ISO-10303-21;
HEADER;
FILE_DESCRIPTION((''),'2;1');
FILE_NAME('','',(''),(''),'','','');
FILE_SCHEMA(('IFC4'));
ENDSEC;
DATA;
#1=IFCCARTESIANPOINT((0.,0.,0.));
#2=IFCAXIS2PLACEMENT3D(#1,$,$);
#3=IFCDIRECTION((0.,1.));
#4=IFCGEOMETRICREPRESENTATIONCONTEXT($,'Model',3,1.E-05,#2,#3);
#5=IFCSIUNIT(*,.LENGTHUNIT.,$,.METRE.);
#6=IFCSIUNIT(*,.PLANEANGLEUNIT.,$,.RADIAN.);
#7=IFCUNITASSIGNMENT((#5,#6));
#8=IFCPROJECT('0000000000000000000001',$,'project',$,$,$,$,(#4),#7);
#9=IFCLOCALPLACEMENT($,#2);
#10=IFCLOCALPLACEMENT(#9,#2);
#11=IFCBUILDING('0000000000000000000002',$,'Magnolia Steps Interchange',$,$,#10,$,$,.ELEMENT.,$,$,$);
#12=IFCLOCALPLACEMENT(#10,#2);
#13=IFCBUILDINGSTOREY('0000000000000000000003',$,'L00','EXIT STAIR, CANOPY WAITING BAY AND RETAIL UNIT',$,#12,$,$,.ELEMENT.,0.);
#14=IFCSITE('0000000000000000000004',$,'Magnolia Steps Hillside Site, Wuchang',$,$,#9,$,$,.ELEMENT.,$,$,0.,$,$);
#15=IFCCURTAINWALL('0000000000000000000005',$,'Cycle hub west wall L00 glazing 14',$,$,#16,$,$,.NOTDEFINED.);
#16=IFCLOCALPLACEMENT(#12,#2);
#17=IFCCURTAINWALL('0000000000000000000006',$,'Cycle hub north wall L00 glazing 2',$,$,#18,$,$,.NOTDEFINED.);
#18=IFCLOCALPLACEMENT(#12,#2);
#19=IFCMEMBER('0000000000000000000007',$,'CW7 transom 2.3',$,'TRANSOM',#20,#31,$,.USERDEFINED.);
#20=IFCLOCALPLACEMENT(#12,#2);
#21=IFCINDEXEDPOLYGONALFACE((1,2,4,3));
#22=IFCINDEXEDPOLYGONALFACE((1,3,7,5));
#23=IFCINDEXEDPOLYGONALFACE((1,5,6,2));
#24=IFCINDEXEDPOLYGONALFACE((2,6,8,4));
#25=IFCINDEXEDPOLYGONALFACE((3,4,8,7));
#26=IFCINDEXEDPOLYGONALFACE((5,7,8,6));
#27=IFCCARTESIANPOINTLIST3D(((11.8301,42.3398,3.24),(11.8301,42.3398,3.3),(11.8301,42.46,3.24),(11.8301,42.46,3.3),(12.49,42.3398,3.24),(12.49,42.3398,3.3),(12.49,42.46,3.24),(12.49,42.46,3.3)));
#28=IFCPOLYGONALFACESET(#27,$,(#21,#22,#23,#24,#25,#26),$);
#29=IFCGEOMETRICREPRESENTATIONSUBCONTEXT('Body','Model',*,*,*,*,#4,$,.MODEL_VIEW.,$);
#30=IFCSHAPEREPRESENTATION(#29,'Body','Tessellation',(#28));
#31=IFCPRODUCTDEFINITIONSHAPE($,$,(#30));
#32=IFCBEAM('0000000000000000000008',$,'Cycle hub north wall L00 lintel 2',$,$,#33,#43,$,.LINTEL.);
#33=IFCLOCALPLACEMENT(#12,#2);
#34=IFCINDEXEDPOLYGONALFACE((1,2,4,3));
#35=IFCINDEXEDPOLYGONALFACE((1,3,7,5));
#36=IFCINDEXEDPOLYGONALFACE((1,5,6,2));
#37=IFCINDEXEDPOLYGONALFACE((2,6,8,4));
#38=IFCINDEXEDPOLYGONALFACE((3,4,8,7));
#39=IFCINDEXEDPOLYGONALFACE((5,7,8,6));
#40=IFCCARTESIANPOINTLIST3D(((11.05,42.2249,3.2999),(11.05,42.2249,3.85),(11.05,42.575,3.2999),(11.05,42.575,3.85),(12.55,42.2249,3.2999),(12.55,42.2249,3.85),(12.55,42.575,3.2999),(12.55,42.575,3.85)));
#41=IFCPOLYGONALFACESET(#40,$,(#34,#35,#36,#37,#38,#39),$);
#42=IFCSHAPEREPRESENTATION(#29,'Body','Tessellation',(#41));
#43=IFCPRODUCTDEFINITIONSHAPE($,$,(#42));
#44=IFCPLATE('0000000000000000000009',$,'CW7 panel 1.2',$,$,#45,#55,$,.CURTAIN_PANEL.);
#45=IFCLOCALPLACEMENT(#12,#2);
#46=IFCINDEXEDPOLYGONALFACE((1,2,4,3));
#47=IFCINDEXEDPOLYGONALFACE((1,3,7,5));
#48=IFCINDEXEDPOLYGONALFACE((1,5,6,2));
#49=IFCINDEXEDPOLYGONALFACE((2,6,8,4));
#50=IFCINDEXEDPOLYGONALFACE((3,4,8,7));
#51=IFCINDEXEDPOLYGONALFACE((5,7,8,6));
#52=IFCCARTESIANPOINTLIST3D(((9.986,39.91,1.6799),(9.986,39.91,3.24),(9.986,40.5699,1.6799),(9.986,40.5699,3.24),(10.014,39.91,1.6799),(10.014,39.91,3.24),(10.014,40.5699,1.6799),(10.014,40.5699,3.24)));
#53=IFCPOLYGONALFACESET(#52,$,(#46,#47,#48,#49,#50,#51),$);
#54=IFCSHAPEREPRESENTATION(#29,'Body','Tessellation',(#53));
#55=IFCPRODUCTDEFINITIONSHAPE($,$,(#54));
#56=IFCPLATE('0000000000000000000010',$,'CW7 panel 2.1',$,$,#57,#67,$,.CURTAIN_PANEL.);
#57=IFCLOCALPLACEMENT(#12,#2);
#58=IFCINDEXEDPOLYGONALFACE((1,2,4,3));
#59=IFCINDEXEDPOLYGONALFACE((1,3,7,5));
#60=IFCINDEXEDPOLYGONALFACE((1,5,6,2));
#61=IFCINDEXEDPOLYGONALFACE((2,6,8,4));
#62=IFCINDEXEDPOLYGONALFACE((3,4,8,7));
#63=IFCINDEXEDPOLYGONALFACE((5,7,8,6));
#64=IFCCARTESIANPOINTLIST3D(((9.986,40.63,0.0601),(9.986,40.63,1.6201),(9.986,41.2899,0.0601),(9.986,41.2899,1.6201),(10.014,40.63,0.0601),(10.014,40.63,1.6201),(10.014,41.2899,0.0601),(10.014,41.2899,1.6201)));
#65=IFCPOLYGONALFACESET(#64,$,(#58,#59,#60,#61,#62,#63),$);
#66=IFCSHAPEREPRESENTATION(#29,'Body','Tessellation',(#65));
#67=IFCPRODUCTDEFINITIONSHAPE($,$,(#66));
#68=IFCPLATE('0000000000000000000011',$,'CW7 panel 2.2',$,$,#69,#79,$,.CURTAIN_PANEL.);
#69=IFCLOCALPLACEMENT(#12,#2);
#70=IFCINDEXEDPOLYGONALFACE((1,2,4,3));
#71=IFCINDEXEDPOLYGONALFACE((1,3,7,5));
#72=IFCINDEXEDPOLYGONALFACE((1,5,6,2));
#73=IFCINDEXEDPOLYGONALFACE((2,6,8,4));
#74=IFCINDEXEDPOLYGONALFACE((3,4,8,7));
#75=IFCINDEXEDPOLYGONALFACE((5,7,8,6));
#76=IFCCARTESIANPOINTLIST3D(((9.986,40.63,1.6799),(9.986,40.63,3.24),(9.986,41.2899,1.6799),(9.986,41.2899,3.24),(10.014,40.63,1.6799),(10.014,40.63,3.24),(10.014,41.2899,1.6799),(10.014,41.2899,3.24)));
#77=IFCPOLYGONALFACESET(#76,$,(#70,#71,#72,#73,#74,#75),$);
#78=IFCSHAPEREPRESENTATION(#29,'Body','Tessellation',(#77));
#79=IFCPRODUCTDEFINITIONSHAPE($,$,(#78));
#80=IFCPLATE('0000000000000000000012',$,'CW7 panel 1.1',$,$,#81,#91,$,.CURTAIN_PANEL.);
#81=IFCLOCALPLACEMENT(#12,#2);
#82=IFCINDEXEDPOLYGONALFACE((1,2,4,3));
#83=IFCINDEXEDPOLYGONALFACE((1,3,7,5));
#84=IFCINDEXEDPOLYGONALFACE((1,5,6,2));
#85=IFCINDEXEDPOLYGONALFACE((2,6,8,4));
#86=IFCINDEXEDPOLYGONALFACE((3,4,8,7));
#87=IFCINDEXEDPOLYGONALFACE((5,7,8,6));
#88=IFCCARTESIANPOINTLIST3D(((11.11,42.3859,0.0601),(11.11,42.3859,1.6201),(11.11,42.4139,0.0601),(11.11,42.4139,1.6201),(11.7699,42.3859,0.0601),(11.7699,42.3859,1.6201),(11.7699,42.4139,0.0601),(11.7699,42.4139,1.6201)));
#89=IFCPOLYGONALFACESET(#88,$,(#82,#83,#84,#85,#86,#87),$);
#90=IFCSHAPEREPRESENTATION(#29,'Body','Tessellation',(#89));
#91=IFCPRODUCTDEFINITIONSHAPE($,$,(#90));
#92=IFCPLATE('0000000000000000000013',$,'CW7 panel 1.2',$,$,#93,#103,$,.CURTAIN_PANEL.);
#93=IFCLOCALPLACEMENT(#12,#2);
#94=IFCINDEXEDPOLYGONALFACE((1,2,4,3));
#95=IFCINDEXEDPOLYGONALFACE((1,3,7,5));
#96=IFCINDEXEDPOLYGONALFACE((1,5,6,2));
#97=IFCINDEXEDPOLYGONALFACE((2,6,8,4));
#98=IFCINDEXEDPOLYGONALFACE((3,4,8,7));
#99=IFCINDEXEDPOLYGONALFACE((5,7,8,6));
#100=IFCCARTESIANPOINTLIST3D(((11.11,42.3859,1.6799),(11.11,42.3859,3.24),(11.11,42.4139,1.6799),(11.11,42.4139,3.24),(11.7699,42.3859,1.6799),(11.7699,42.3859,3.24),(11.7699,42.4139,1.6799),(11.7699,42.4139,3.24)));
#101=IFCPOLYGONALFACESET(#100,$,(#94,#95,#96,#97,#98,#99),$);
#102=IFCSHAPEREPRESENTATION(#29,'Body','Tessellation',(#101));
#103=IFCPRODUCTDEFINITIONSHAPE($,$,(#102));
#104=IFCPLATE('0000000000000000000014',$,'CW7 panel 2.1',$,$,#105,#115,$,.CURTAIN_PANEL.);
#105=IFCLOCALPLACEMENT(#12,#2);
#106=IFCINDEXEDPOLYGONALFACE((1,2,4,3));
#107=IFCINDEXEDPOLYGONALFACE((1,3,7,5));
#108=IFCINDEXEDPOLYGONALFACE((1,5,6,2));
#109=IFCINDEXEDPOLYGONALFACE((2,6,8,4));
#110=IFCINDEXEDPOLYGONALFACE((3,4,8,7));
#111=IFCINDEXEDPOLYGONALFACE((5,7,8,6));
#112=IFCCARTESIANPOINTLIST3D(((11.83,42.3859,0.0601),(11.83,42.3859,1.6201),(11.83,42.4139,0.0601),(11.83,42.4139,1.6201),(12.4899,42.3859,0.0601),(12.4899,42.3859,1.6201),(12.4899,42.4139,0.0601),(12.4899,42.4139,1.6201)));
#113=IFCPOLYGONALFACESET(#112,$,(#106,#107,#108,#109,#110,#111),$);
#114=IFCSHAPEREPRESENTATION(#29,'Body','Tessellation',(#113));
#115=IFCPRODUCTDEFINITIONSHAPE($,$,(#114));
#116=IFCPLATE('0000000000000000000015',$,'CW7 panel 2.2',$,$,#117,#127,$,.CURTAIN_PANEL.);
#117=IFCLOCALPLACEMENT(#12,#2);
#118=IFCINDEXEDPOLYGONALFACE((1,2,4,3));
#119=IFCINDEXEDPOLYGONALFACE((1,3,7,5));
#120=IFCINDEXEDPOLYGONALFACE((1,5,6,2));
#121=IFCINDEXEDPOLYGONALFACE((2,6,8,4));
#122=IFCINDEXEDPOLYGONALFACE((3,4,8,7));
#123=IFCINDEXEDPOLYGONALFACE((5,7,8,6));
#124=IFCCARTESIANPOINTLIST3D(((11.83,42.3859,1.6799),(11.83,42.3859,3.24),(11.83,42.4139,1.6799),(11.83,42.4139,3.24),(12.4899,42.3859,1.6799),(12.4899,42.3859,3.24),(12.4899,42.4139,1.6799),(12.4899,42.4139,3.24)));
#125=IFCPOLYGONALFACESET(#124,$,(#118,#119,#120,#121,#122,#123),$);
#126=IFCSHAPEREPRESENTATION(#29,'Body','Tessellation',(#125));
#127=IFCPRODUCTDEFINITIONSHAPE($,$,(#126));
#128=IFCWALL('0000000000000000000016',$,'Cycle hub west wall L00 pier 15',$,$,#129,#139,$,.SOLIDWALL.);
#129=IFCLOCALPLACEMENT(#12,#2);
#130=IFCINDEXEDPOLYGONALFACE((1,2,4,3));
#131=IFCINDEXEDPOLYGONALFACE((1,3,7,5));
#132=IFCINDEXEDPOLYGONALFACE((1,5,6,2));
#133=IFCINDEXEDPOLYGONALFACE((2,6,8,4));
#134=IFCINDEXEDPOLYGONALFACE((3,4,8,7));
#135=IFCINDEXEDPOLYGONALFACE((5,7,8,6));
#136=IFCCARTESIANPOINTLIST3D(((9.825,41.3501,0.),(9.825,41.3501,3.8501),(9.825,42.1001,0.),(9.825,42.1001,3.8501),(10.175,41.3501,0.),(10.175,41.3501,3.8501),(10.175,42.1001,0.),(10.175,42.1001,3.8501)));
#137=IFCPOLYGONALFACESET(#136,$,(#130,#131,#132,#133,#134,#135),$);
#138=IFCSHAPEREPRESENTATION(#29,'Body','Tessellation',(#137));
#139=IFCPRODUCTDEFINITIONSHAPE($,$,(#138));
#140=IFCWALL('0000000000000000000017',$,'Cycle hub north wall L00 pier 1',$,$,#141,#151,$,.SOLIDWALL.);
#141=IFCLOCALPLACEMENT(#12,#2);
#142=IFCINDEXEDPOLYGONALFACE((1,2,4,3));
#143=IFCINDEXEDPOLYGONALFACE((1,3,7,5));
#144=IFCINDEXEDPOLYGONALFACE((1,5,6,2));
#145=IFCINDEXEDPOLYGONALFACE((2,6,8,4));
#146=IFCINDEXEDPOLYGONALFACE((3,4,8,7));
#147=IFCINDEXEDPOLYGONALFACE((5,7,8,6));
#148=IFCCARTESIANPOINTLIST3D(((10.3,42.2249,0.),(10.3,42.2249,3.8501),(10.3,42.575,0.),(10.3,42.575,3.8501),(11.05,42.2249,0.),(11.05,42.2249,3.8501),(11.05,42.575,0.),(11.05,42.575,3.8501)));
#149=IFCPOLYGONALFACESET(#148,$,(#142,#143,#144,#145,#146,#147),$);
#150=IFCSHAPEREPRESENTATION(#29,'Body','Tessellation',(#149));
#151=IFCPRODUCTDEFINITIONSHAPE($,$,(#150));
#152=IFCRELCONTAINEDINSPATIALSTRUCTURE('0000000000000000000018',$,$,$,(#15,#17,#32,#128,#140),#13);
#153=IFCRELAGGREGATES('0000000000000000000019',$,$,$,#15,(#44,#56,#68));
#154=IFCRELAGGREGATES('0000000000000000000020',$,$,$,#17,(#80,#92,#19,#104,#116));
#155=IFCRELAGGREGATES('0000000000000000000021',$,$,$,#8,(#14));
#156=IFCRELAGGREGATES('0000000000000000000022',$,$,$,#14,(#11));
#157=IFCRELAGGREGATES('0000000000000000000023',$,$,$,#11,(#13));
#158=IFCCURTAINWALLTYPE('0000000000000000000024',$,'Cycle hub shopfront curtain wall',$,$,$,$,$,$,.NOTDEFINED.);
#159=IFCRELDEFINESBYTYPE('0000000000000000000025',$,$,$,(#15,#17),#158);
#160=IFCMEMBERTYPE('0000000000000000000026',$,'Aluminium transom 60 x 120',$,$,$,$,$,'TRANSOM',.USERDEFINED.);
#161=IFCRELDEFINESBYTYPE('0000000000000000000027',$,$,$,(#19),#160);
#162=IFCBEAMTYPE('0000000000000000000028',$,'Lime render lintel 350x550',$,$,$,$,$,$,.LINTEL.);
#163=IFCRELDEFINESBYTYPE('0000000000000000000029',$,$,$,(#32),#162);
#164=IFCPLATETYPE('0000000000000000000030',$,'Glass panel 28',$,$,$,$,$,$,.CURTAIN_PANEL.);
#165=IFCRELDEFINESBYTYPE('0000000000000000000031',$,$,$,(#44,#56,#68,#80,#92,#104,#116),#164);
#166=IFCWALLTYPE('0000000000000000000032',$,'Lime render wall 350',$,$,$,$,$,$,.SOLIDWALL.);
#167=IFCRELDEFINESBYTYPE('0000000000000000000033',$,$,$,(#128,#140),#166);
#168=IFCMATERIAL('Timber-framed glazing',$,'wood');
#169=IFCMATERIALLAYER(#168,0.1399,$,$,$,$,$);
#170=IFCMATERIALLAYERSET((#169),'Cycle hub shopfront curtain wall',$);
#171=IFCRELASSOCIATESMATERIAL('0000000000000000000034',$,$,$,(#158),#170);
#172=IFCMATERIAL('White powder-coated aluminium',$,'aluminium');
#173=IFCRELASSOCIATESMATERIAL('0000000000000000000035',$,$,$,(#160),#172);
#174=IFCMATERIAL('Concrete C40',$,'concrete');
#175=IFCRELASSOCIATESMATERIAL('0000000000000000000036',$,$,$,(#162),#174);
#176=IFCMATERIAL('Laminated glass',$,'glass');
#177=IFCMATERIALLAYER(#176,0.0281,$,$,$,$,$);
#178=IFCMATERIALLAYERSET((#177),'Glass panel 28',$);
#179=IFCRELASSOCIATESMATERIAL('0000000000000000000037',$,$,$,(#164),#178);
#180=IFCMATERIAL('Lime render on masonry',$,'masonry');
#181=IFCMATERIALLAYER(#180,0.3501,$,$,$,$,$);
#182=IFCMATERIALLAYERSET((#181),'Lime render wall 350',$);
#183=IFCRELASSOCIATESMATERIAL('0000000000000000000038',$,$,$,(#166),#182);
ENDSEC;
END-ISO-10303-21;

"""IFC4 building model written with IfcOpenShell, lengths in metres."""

from ifc_helpers import new_model, si_unit, direction, frame, frame_2d, origin, origin_2d, place, context, subcontext, project, spatial, rectangle, extrude, material, layer, layer_set, material_profile, profile_set, type_object, element, aggregate, save


model = new_model("IFC4")

# Units and contexts
model_context = context("Model", 3, precision=1e-05, world=origin(), true_north=direction((0.0, 1.0)))
body_context = subcontext(model_context, "Body", "Model", "MODEL_VIEW")
ifc_project = project(units=[si_unit("LENGTHUNIT", "METRE"), si_unit("PLANEANGLEUNIT", "RADIAN")], contexts=[model_context])

# Site, building, storey
site_placement = place(None, origin())
site = spatial("IfcSite", under=ifc_project, at=site_placement, Name="Magnolia Steps Hillside Site, Wuchang", CompositionType="ELEMENT", RefElevation=0.0)
building_placement = place(site_placement, origin())
building = spatial("IfcBuilding", under=site, at=building_placement, Name="Magnolia Steps Interchange", CompositionType="ELEMENT")
storey_placement = place(building_placement, origin())
storey = spatial("IfcBuildingStorey", under=building, at=storey_placement, Name="L00", Description="EXIT STAIR, CANOPY WAITING BAY AND RETAIL UNIT", CompositionType="ELEMENT", Elevation=0.0)

# Curtain walls
ifc_material_1 = material(Name="Timber-framed glazing", Category="wood")
ifc_layer_1 = layer(ifc_material_1, 0.1399)
ifc_layer_set_1 = layer_set([ifc_layer_1], Name="Cycle hub shopfront curtain wall")
curtain_wall_type = type_object("IfcCurtainWallType", Name="Cycle hub shopfront curtain wall", PredefinedType="NOTDEFINED", material=ifc_layer_set_1)
curtain_wall_1_placement = place(storey_placement, origin())
curtain_wall_1 = element("IfcCurtainWall", 1, at=curtain_wall_1_placement, inside=storey, type_object=curtain_wall_type, Name="Cycle hub west wall L00 glazing 14", PredefinedType="NOTDEFINED")
curtain_wall_2_placement = place(storey_placement, origin())
curtain_wall_2 = element("IfcCurtainWall", 2, at=curtain_wall_2_placement, inside=storey, type_object=curtain_wall_type, Name="Cycle hub north wall L00 glazing 2", PredefinedType="NOTDEFINED")

# Member
ifc_material_2 = material(Name="White powder-coated aluminium", Category="aluminium")
ifc_material_profile_1 = material_profile(ifc_material_2, rectangle(XDim=0.0601, YDim=0.1201, at=origin_2d()), Name="Aluminium transom 60 x 120")
ifc_profile_set_1 = profile_set([ifc_material_profile_1], Name="White powder-coated aluminium")
member_type_1 = type_object("IfcMemberType", Name="Aluminium transom 60 x 120", ElementType="TRANSOM", PredefinedType="USERDEFINED", material=ifc_profile_set_1)
member_1_placement = place(storey_placement, frame((11.8301, 42.3999, 3.27), z_axis=(1.0, 0.0, 0.0), x_axis=(0.0, 0.0, 1.0)))
member_1 = element("IfcMember", 3, at=member_1_placement, type_object=member_type_1, Name="CW7 transom 2.3", ObjectType="TRANSOM", PredefinedType="USERDEFINED", context=body_context, shape_type="SweptSolid", body=[
    extrude(rectangle(XDim=0.0601, YDim=0.1201, at=origin_2d()), origin(), (0.0, 0.0, 1.0), 0.6599),
])

# Beam
ifc_material_3 = material(Name="Concrete C40", Category="concrete")
ifc_material_profile_2 = material_profile(ifc_material_3, rectangle(XDim=0.3501, YDim=0.55, at=origin_2d()), Name="RC350x550")
ifc_profile_set_2 = profile_set([ifc_material_profile_2], Name="Concrete C40")
beam_type = type_object("IfcBeamType", Name="Lime render lintel 350x550", PredefinedType="LINTEL", material=ifc_profile_set_2)
beam_placement = place(storey_placement, frame((11.05, 42.3999, 3.575), z_axis=(1.0, 0.0, 0.0), x_axis=(0.0, 1.0, 0.0)))
element("IfcBeam", 4, at=beam_placement, inside=storey, type_object=beam_type, Name="Cycle hub north wall L00 lintel 2", PredefinedType="LINTEL", context=body_context, shape_type="SweptSolid", body=[
    extrude(rectangle(XDim=0.3501, YDim=0.55, at=origin_2d()), origin(), (0.0, 0.0, 1.0), 1.5),
])

# Plates
ifc_material_4 = material(Name="Laminated glass", Category="glass")
ifc_layer_2 = layer(ifc_material_4, 0.0281)
ifc_layer_set_2 = layer_set([ifc_layer_2], Name="Glass panel 28")
plate_type = type_object("IfcPlateType", Name="Glass panel 28", PredefinedType="CURTAIN_PANEL", material=ifc_layer_set_2)
plate_1_placement = place(storey_placement, frame((10.0, 40.24, 1.6799), z_axis=(0.0, 0.0, 1.0), x_axis=(0.0, 1.0, 0.0)))
plate_1 = element("IfcPlate", 5, at=plate_1_placement, type_object=plate_type, Name="CW7 panel 1.2", PredefinedType="CURTAIN_PANEL", context=body_context, shape_type="SweptSolid", body=[
    extrude(rectangle(XDim=0.6599, YDim=0.0281, at=origin_2d()), origin(), (0.0, 0.0, 1.0), 1.5601),
])
plate_2_placement = place(storey_placement, frame((10.0, 40.96, 0.0601), z_axis=(0.0, 0.0, 1.0), x_axis=(0.0, 1.0, 0.0)))
plate_2 = element("IfcPlate", 6, at=plate_2_placement, type_object=plate_type, Name="CW7 panel 2.1", PredefinedType="CURTAIN_PANEL", context=body_context, shape_type="SweptSolid", body=[
    extrude(rectangle(XDim=0.6599, YDim=0.0281, at=origin_2d()), origin(), (0.0, 0.0, 1.0), 1.5601),
])
plate_3_placement = place(storey_placement, frame((10.0, 40.96, 1.6799), z_axis=(0.0, 0.0, 1.0), x_axis=(0.0, 1.0, 0.0)))
plate_3 = element("IfcPlate", 7, at=plate_3_placement, type_object=plate_type, Name="CW7 panel 2.2", PredefinedType="CURTAIN_PANEL", context=body_context, shape_type="SweptSolid", body=[
    extrude(rectangle(XDim=0.6599, YDim=0.0281, at=origin_2d()), origin(), (0.0, 0.0, 1.0), 1.5601),
])
aggregate(curtain_wall_1, [plate_1, plate_2, plate_3])
plate_4_placement = place(storey_placement, frame((11.4399, 42.3999, 0.0601), z_axis=(0.0, 0.0, 1.0), x_axis=(1.0, 0.0, 0.0)))
plate_4 = element("IfcPlate", 8, at=plate_4_placement, type_object=plate_type, Name="CW7 panel 1.1", PredefinedType="CURTAIN_PANEL", context=body_context, shape_type="SweptSolid", body=[
    extrude(rectangle(XDim=0.6599, YDim=0.0281, at=origin_2d()), origin(), (0.0, 0.0, 1.0), 1.5601),
])
plate_5_placement = place(storey_placement, frame((11.4399, 42.3999, 1.6799), z_axis=(0.0, 0.0, 1.0), x_axis=(1.0, 0.0, 0.0)))
plate_5 = element("IfcPlate", 9, at=plate_5_placement, type_object=plate_type, Name="CW7 panel 1.2", PredefinedType="CURTAIN_PANEL", context=body_context, shape_type="SweptSolid", body=[
    extrude(rectangle(XDim=0.6599, YDim=0.0281, at=origin_2d()), origin(), (0.0, 0.0, 1.0), 1.5601),
])
plate_6_placement = place(storey_placement, frame((12.1599, 42.3999, 0.0601), z_axis=(0.0, 0.0, 1.0), x_axis=(1.0, 0.0, 0.0)))
plate_6 = element("IfcPlate", 10, at=plate_6_placement, type_object=plate_type, Name="CW7 panel 2.1", PredefinedType="CURTAIN_PANEL", context=body_context, shape_type="SweptSolid", body=[
    extrude(rectangle(XDim=0.6599, YDim=0.0281, at=origin_2d()), origin(), (0.0, 0.0, 1.0), 1.5601),
])
plate_7_placement = place(storey_placement, frame((12.1599, 42.3999, 1.6799), z_axis=(0.0, 0.0, 1.0), x_axis=(1.0, 0.0, 0.0)))
plate_7 = element("IfcPlate", 11, at=plate_7_placement, type_object=plate_type, Name="CW7 panel 2.2", PredefinedType="CURTAIN_PANEL", context=body_context, shape_type="SweptSolid", body=[
    extrude(rectangle(XDim=0.6599, YDim=0.0281, at=origin_2d()), origin(), (0.0, 0.0, 1.0), 1.5601),
])
aggregate(curtain_wall_2, [plate_4, plate_5, member_1, plate_6, plate_7])

# Walls
ifc_material_5 = material(Name="Lime render on masonry", Category="masonry")
ifc_layer_3 = layer(ifc_material_5, 0.3501)
ifc_layer_set_3 = layer_set([ifc_layer_3], Name="Lime render wall 350")
wall_type = type_object("IfcWallType", Name="Lime render wall 350", PredefinedType="SOLIDWALL", material=ifc_layer_set_3)
for number, where, z_axis, x_axis, name in (
    (12, (10.0, 41.3501, 0.0), (0.0, 0.0, 1.0), (0.0, 1.0, 0.0), "Cycle hub west wall L00 pier 15"),
    (13, (10.3, 42.3999, 0.0), (0.0, 0.0, 1.0), (1.0, 0.0, 0.0), "Cycle hub north wall L00 pier 1"),
):
    element("IfcWall", number, at=place(storey_placement, frame(where, z_axis=z_axis, x_axis=x_axis)), inside=storey, type_object=wall_type, Name=name, PredefinedType="SOLIDWALL", context=body_context, shape_type="SweptSolid", body=[
        extrude(rectangle(XDim=0.75, YDim=0.3501, at=frame_2d((0.375, 0.0))), origin(), (0.0, 0.0, 1.0), 3.8501),
    ])

save(model, "model.ifc")
